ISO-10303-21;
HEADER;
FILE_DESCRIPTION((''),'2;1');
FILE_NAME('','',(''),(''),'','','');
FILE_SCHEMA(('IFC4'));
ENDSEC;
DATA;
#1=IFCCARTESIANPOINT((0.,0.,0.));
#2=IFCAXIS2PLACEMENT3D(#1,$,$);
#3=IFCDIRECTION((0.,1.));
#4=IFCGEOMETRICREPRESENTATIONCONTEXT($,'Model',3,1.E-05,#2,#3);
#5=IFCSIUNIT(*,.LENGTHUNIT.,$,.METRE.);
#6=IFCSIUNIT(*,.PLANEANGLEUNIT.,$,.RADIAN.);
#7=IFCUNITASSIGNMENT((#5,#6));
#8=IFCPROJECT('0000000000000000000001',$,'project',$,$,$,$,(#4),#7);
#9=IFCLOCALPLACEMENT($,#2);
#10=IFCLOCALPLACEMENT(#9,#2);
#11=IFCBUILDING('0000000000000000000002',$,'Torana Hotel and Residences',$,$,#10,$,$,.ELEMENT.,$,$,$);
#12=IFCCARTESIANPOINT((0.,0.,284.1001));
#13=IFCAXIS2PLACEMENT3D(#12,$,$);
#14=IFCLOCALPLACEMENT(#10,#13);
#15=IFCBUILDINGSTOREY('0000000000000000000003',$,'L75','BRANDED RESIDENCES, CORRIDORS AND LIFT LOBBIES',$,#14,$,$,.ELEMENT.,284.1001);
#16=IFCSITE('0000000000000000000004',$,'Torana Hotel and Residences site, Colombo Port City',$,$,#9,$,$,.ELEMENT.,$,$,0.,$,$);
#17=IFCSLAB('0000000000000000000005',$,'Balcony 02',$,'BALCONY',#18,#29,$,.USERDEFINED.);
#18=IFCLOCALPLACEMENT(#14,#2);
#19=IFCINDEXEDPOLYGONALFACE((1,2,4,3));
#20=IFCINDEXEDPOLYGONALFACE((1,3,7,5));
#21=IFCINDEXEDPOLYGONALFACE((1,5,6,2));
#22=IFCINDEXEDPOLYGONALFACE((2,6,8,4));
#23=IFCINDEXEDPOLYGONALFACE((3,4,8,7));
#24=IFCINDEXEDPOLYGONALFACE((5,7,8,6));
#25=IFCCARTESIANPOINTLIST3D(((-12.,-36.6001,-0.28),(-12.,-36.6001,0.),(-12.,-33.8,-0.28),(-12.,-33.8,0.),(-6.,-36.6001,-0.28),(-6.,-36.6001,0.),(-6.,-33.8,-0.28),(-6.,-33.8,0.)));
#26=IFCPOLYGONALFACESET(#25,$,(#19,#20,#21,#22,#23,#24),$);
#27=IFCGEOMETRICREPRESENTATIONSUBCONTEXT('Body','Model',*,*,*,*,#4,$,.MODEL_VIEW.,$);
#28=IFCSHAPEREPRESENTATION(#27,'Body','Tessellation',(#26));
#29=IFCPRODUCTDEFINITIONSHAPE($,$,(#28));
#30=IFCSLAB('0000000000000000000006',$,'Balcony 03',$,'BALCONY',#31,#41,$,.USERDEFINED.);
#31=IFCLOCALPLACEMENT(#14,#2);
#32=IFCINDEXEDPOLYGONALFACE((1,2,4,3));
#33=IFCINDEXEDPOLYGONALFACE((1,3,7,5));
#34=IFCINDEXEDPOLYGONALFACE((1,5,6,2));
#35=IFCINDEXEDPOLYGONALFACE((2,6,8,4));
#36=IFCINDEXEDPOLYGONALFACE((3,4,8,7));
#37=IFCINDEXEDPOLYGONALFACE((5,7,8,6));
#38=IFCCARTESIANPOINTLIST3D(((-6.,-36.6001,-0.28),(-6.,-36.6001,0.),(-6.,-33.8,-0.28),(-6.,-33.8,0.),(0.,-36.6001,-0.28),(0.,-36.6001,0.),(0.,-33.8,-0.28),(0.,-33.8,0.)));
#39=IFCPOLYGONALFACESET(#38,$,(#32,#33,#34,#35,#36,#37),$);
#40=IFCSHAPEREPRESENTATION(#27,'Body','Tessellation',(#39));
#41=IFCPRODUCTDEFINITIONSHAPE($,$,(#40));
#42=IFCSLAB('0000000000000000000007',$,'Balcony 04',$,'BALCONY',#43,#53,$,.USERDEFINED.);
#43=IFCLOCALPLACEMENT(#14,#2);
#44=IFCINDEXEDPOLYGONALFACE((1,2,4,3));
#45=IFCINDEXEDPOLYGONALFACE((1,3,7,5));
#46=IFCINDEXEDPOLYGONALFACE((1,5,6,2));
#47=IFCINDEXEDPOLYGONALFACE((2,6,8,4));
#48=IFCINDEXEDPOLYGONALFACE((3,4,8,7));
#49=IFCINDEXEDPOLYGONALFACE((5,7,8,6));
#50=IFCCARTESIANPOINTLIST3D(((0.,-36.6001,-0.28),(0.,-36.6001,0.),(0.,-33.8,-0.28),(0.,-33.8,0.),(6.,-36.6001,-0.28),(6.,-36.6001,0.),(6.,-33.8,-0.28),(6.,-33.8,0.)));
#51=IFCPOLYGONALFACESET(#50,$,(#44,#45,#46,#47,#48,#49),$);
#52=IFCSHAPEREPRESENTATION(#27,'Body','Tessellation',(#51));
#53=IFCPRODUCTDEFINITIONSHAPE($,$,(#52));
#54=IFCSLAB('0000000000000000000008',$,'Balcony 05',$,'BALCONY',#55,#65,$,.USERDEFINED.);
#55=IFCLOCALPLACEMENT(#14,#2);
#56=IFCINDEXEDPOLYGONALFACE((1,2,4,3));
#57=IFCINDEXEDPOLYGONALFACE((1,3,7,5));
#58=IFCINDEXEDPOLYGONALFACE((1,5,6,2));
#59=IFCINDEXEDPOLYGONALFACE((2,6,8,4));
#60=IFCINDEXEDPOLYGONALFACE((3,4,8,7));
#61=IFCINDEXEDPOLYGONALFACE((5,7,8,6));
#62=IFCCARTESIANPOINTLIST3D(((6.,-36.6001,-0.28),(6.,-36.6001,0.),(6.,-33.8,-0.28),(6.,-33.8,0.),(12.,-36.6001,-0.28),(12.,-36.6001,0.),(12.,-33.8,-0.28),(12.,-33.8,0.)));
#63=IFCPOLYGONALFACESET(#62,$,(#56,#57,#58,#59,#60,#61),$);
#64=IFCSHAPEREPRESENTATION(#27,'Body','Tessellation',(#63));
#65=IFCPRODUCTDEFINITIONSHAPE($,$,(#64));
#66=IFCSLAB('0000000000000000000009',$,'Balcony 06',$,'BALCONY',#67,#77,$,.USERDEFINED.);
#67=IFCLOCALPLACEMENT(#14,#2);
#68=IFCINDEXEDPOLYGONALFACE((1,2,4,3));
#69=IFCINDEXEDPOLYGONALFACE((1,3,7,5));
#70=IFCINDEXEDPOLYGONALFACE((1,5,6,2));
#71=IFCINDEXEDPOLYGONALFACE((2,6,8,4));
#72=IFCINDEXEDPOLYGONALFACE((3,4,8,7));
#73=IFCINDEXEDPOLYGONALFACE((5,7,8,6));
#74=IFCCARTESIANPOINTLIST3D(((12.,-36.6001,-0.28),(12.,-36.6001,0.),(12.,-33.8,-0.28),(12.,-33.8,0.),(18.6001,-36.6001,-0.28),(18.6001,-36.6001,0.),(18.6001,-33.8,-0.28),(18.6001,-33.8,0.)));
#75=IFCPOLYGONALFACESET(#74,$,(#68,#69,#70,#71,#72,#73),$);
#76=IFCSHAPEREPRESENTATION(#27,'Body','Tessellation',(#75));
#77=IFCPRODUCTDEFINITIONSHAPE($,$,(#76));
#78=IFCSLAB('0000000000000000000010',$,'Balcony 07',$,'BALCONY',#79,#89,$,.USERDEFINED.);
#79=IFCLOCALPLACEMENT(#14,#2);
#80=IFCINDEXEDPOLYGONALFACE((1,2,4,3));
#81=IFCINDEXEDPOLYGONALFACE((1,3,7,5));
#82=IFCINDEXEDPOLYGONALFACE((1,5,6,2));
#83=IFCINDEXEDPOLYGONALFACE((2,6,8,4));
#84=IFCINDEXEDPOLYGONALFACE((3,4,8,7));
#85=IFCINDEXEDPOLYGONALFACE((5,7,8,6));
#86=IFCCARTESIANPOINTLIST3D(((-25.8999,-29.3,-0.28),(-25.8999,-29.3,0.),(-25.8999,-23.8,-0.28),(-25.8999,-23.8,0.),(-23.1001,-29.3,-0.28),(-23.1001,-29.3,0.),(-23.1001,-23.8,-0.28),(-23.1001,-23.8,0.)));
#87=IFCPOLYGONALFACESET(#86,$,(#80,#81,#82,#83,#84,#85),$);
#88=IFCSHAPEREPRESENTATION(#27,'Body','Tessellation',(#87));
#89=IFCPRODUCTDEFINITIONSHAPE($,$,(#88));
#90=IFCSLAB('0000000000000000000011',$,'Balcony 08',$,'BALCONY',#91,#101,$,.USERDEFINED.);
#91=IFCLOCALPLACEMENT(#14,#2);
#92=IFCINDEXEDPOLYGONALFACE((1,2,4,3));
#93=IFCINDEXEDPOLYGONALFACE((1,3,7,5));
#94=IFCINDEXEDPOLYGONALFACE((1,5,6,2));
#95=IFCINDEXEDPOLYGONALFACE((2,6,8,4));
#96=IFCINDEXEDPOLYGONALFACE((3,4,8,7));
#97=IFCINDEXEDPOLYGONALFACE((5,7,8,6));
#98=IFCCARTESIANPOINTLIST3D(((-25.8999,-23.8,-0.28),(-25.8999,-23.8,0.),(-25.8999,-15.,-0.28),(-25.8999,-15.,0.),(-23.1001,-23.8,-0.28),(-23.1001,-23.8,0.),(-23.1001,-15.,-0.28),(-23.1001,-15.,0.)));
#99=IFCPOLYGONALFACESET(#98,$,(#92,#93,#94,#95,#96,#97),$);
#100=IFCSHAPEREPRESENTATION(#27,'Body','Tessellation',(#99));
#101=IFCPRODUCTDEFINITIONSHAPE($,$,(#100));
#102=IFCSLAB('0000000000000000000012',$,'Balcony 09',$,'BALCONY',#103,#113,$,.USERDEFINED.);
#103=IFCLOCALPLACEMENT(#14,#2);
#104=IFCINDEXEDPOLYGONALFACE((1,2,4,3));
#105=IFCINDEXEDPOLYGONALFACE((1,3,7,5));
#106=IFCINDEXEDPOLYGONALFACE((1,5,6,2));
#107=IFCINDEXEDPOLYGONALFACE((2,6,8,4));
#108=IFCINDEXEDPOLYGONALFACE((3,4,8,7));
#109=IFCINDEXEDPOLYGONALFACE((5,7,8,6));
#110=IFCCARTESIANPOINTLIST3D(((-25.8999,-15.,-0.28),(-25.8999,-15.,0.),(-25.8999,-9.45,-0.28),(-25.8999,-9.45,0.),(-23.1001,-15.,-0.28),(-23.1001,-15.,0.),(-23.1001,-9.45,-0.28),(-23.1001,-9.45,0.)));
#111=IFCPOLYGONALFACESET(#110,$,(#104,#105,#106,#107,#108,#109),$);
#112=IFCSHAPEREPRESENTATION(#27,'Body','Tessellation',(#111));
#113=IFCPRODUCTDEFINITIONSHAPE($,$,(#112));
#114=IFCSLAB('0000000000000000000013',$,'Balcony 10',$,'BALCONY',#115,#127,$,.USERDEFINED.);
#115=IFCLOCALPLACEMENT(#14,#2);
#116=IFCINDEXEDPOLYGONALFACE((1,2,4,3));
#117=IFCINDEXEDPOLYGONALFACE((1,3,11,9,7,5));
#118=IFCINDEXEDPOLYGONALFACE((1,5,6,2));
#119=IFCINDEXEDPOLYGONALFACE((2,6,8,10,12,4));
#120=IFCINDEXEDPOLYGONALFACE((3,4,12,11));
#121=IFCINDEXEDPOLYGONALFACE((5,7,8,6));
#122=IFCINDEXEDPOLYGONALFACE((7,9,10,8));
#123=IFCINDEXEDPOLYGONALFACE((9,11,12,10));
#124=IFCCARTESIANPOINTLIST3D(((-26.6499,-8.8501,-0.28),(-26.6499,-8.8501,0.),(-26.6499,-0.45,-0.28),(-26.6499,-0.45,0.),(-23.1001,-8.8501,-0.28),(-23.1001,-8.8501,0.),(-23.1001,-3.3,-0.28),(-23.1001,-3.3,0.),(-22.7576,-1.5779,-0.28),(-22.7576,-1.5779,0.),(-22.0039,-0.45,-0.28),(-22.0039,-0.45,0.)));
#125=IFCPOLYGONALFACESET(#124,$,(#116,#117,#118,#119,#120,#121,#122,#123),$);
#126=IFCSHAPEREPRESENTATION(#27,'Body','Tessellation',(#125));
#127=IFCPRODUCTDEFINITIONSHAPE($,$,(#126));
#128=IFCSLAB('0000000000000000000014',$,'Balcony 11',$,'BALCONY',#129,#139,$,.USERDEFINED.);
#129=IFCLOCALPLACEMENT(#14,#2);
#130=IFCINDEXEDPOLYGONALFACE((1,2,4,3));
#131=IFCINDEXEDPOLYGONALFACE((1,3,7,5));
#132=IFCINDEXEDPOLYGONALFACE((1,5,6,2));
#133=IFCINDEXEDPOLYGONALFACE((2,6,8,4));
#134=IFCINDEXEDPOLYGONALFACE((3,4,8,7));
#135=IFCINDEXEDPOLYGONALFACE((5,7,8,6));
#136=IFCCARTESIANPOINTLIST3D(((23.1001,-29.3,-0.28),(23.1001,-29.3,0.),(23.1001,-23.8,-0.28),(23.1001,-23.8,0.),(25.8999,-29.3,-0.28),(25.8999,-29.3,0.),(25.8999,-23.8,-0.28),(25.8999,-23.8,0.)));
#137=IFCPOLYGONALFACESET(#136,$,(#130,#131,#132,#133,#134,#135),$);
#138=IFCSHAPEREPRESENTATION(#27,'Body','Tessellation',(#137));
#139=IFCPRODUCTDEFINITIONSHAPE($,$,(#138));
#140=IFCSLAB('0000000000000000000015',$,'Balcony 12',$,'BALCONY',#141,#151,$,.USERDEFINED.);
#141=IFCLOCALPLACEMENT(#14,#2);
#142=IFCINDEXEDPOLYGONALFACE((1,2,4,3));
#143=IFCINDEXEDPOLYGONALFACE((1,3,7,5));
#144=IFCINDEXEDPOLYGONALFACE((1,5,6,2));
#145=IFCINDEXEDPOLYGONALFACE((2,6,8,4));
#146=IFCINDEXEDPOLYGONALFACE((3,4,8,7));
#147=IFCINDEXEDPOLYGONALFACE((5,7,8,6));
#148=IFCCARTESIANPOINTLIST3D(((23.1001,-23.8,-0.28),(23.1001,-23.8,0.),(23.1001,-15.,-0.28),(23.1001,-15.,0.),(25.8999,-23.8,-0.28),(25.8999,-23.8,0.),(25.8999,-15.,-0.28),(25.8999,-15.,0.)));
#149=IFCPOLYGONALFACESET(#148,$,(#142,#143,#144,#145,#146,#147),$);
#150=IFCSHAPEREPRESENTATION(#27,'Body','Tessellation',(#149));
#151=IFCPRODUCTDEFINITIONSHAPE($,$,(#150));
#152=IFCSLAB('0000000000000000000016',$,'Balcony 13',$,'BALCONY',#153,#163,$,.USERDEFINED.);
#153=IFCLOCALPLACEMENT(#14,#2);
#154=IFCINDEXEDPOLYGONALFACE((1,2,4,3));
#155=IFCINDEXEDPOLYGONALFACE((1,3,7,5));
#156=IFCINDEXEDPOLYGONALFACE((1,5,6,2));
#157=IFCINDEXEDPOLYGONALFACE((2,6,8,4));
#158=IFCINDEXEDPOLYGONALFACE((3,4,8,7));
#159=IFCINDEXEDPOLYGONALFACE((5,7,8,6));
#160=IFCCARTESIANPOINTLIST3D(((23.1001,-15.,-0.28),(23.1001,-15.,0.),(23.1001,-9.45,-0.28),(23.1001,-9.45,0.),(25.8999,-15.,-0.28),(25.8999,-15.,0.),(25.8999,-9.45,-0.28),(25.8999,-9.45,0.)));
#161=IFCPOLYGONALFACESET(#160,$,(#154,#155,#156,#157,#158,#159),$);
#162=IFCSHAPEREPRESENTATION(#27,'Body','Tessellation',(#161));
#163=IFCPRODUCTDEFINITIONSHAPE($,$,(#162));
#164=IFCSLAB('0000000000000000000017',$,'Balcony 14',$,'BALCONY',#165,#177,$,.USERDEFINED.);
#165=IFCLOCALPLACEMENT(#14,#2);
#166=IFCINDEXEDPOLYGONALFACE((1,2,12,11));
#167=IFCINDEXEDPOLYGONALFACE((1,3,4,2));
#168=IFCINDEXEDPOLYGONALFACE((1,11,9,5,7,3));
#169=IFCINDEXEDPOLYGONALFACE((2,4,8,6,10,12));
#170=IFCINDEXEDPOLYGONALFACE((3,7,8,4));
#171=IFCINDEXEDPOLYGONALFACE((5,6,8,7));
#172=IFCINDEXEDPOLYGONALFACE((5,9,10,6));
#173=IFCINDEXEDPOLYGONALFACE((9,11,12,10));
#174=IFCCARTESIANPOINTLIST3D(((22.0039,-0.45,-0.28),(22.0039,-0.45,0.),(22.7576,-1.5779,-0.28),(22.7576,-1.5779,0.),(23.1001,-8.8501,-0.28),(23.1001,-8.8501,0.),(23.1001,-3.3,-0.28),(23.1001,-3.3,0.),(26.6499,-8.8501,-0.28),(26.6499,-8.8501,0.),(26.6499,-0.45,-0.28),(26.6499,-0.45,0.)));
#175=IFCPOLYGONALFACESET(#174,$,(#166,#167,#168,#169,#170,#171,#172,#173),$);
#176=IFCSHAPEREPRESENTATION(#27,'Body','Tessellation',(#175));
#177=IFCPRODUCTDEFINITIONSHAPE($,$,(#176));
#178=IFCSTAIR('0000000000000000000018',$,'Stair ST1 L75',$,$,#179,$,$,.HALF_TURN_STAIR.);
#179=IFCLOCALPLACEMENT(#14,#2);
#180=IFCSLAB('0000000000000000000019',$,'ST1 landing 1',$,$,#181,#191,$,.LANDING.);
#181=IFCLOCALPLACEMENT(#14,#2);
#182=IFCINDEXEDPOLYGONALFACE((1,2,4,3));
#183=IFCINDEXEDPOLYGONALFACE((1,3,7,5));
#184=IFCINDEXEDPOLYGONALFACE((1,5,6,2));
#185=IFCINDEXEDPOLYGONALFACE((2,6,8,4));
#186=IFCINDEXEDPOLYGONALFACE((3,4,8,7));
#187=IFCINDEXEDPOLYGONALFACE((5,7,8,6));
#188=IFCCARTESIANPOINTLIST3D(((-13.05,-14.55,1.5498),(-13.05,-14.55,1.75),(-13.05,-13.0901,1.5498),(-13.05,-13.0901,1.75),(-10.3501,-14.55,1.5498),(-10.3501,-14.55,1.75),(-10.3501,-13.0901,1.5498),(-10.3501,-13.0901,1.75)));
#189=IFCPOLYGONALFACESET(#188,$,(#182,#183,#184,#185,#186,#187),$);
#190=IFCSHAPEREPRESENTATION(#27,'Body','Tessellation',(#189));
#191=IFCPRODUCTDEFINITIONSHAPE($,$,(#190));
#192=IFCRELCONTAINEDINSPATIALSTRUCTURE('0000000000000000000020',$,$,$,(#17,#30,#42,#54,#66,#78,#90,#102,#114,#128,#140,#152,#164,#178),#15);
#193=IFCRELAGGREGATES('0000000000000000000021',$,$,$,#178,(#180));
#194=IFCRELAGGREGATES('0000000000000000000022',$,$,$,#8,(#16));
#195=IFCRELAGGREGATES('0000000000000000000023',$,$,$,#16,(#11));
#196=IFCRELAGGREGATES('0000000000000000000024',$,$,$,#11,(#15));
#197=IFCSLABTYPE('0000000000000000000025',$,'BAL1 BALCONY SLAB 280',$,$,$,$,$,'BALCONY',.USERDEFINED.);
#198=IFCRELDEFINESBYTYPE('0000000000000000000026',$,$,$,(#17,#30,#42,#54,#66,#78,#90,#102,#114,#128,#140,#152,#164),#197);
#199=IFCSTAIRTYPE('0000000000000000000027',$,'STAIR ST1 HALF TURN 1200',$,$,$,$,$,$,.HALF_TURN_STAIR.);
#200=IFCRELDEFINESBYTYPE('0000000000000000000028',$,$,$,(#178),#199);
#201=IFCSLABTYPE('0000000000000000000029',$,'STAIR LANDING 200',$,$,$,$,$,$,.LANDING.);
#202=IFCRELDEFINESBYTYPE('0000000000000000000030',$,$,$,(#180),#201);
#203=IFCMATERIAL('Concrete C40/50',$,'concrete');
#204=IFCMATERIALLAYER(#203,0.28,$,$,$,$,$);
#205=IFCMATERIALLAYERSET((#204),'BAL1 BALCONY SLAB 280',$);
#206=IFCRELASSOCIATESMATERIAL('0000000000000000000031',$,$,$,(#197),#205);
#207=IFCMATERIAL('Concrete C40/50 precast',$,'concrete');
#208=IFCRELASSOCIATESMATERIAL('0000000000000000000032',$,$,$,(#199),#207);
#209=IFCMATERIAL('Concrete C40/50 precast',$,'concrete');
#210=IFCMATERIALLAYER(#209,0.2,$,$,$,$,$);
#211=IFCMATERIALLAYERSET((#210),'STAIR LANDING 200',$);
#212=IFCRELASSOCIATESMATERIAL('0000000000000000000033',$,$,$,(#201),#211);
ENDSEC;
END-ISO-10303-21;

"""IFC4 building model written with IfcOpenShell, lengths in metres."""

from ifc_helpers import new_model, si_unit, direction, frame, origin, place, context, subcontext, project, spatial, polyline, outline, extrude, material, layer, layer_set, type_object, element, aggregate, save


model = new_model("IFC4")

# Units and contexts
model_context = context("Model", 3, precision=1e-05, world=origin(), true_north=direction((0.0, 1.0)))
body_context = subcontext(model_context, "Body", "Model", "MODEL_VIEW")
ifc_project = project(units=[si_unit("LENGTHUNIT", "METRE"), si_unit("PLANEANGLEUNIT", "RADIAN")], contexts=[model_context])

# Site, building, storey
site_placement = place(None, origin())
site = spatial("IfcSite", under=ifc_project, at=site_placement, Name="Torana Hotel and Residences site, Colombo Port City", CompositionType="ELEMENT", RefElevation=0.0)
building_placement = place(site_placement, origin())
building = spatial("IfcBuilding", under=site, at=building_placement, Name="Torana Hotel and Residences", CompositionType="ELEMENT")
storey_placement = place(building_placement, frame((0.0, 0.0, 284.1001)))
storey = spatial("IfcBuildingStorey", under=building, at=storey_placement, Name="L75", Description="BRANDED RESIDENCES, CORRIDORS AND LIFT LOBBIES", CompositionType="ELEMENT", Elevation=284.1001)

# Slabs
ifc_material_1 = material(Name="Concrete C40/50", Category="concrete")
ifc_layer_1 = layer(ifc_material_1, 0.28)
ifc_layer_set_1 = layer_set([ifc_layer_1], Name="BAL1 BALCONY SLAB 280")
slab_type_1 = type_object("IfcSlabType", Name="BAL1 BALCONY SLAB 280", ElementType="BALCONY", PredefinedType="USERDEFINED", material=ifc_layer_set_1)
slab_1_placement = place(storey_placement, frame((0.0, 0.0, -0.28)))
element("IfcSlab", 1, at=slab_1_placement, inside=storey, type_object=slab_type_1, Name="Balcony 02", ObjectType="BALCONY", PredefinedType="USERDEFINED", context=body_context, shape_type="SweptSolid", body=[
    extrude(outline(polyline([(-12.0, -36.6001), (-6.0, -36.6001), (-6.0, -33.8), (-12.0, -33.8), (-12.0, -36.6001)])), origin(), (0.0, 0.0, 1.0), 0.28),
])
slab_2_placement = place(storey_placement, frame((0.0, 0.0, -0.28)))
element("IfcSlab", 2, at=slab_2_placement, inside=storey, type_object=slab_type_1, Name="Balcony 03", ObjectType="BALCONY", PredefinedType="USERDEFINED", context=body_context, shape_type="SweptSolid", body=[
    extrude(outline(polyline([(-6.0, -36.6001), (0.0, -36.6001), (0.0, -33.8), (-6.0, -33.8), (-6.0, -36.6001)])), origin(), (0.0, 0.0, 1.0), 0.28),
])
slab_3_placement = place(storey_placement, frame((0.0, 0.0, -0.28)))
element("IfcSlab", 3, at=slab_3_placement, inside=storey, type_object=slab_type_1, Name="Balcony 04", ObjectType="BALCONY", PredefinedType="USERDEFINED", context=body_context, shape_type="SweptSolid", body=[
    extrude(outline(polyline([(0.0, -36.6001), (6.0, -36.6001), (6.0, -33.8), (0.0, -33.8), (0.0, -36.6001)])), origin(), (0.0, 0.0, 1.0), 0.28),
])
slab_4_placement = place(storey_placement, frame((0.0, 0.0, -0.28)))
element("IfcSlab", 4, at=slab_4_placement, inside=storey, type_object=slab_type_1, Name="Balcony 05", ObjectType="BALCONY", PredefinedType="USERDEFINED", context=body_context, shape_type="SweptSolid", body=[
    extrude(outline(polyline([(6.0, -36.6001), (12.0, -36.6001), (12.0, -33.8), (6.0, -33.8), (6.0, -36.6001)])), origin(), (0.0, 0.0, 1.0), 0.28),
])
slab_5_placement = place(storey_placement, frame((0.0, 0.0, -0.28)))
element("IfcSlab", 5, at=slab_5_placement, inside=storey, type_object=slab_type_1, Name="Balcony 06", ObjectType="BALCONY", PredefinedType="USERDEFINED", context=body_context, shape_type="SweptSolid", body=[
    extrude(outline(polyline([(12.0, -36.6001), (18.6001, -36.6001), (18.6001, -33.8), (12.0, -33.8), (12.0, -36.6001)])), origin(), (0.0, 0.0, 1.0), 0.28),
])
slab_6_placement = place(storey_placement, frame((0.0, 0.0, -0.28)))
element("IfcSlab", 6, at=slab_6_placement, inside=storey, type_object=slab_type_1, Name="Balcony 07", ObjectType="BALCONY", PredefinedType="USERDEFINED", context=body_context, shape_type="SweptSolid", body=[
    extrude(outline(polyline([(-25.8999, -29.3), (-23.1001, -29.3), (-23.1001, -23.8), (-25.8999, -23.8), (-25.8999, -29.3)])), origin(), (0.0, 0.0, 1.0), 0.28),
])
slab_7_placement = place(storey_placement, frame((0.0, 0.0, -0.28)))
element("IfcSlab", 7, at=slab_7_placement, inside=storey, type_object=slab_type_1, Name="Balcony 08", ObjectType="BALCONY", PredefinedType="USERDEFINED", context=body_context, shape_type="SweptSolid", body=[
    extrude(outline(polyline([(-25.8999, -23.8), (-23.1001, -23.8), (-23.1001, -15.0), (-25.8999, -15.0), (-25.8999, -23.8)])), origin(), (0.0, 0.0, 1.0), 0.28),
])
slab_8_placement = place(storey_placement, frame((0.0, 0.0, -0.28)))
element("IfcSlab", 8, at=slab_8_placement, inside=storey, type_object=slab_type_1, Name="Balcony 09", ObjectType="BALCONY", PredefinedType="USERDEFINED", context=body_context, shape_type="SweptSolid", body=[
    extrude(outline(polyline([(-25.8999, -15.0), (-23.1001, -15.0), (-23.1001, -9.45), (-25.8999, -9.45), (-25.8999, -15.0)])), origin(), (0.0, 0.0, 1.0), 0.28),
])
slab_9_placement = place(storey_placement, frame((0.0, 0.0, -0.28)))
element("IfcSlab", 9, at=slab_9_placement, inside=storey, type_object=slab_type_1, Name="Balcony 10", ObjectType="BALCONY", PredefinedType="USERDEFINED", context=body_context, shape_type="SweptSolid", body=[
    extrude(outline(polyline([(-26.6499, -8.8501), (-23.1001, -8.8501), (-23.1001, -3.3), (-22.7576, -1.5779), (-22.0039, -0.45), (-26.6499, -0.45), (-26.6499, -8.8501)])), origin(), (0.0, 0.0, 1.0), 0.28),
])
slab_10_placement = place(storey_placement, frame((0.0, 0.0, -0.28)))
element("IfcSlab", 10, at=slab_10_placement, inside=storey, type_object=slab_type_1, Name="Balcony 11", ObjectType="BALCONY", PredefinedType="USERDEFINED", context=body_context, shape_type="SweptSolid", body=[
    extrude(outline(polyline([(23.1001, -29.3), (25.8999, -29.3), (25.8999, -23.8), (23.1001, -23.8), (23.1001, -29.3)])), origin(), (0.0, 0.0, 1.0), 0.28),
])
slab_11_placement = place(storey_placement, frame((0.0, 0.0, -0.28)))
element("IfcSlab", 11, at=slab_11_placement, inside=storey, type_object=slab_type_1, Name="Balcony 12", ObjectType="BALCONY", PredefinedType="USERDEFINED", context=body_context, shape_type="SweptSolid", body=[
    extrude(outline(polyline([(23.1001, -23.8), (25.8999, -23.8), (25.8999, -15.0), (23.1001, -15.0), (23.1001, -23.8)])), origin(), (0.0, 0.0, 1.0), 0.28),
])
slab_12_placement = place(storey_placement, frame((0.0, 0.0, -0.28)))
element("IfcSlab", 12, at=slab_12_placement, inside=storey, type_object=slab_type_1, Name="Balcony 13", ObjectType="BALCONY", PredefinedType="USERDEFINED", context=body_context, shape_type="SweptSolid", body=[
    extrude(outline(polyline([(23.1001, -15.0), (25.8999, -15.0), (25.8999, -9.45), (23.1001, -9.45), (23.1001, -15.0)])), origin(), (0.0, 0.0, 1.0), 0.28),
])
slab_13_placement = place(storey_placement, frame((0.0, 0.0, -0.28)))
element("IfcSlab", 13, at=slab_13_placement, inside=storey, type_object=slab_type_1, Name="Balcony 14", ObjectType="BALCONY", PredefinedType="USERDEFINED", context=body_context, shape_type="SweptSolid", body=[
    extrude(outline(polyline([(23.1001, -8.8501), (26.6499, -8.8501), (26.6499, -0.45), (22.0039, -0.45), (22.7576, -1.5779), (23.1001, -3.3), (23.1001, -8.8501)])), origin(), (0.0, 0.0, 1.0), 0.28),
])

# Stair, slab
ifc_material_2 = material(Name="Concrete C40/50 precast", Category="concrete")
stair_type_1 = type_object("IfcStairType", Name="STAIR ST1 HALF TURN 1200", PredefinedType="HALF_TURN_STAIR", material=ifc_material_2)
stair_1_placement = place(storey_placement, origin())
stair_1 = element("IfcStair", 14, at=stair_1_placement, inside=storey, type_object=stair_type_1, Name="Stair ST1 L75", PredefinedType="HALF_TURN_STAIR")
ifc_material_3 = material(Name="Concrete C40/50 precast", Category="concrete")
ifc_layer_2 = layer(ifc_material_3, 0.2)
ifc_layer_set_2 = layer_set([ifc_layer_2], Name="STAIR LANDING 200")
slab_type_2 = type_object("IfcSlabType", Name="STAIR LANDING 200", PredefinedType="LANDING", material=ifc_layer_set_2)
slab_14_placement = place(storey_placement, frame((0.0, 0.0, 1.5498)))
slab_14 = element("IfcSlab", 15, at=slab_14_placement, type_object=slab_type_2, Name="ST1 landing 1", PredefinedType="LANDING", context=body_context, shape_type="SweptSolid", body=[
    extrude(outline(polyline([(-13.05, -14.55), (-10.3501, -14.55), (-10.3501, -13.0901), (-13.05, -13.0901), (-13.05, -14.55)])), origin(), (0.0, 0.0, 1.0), 0.2002),
])
aggregate(stair_1, [slab_14])

save(model, "model.ifc")
